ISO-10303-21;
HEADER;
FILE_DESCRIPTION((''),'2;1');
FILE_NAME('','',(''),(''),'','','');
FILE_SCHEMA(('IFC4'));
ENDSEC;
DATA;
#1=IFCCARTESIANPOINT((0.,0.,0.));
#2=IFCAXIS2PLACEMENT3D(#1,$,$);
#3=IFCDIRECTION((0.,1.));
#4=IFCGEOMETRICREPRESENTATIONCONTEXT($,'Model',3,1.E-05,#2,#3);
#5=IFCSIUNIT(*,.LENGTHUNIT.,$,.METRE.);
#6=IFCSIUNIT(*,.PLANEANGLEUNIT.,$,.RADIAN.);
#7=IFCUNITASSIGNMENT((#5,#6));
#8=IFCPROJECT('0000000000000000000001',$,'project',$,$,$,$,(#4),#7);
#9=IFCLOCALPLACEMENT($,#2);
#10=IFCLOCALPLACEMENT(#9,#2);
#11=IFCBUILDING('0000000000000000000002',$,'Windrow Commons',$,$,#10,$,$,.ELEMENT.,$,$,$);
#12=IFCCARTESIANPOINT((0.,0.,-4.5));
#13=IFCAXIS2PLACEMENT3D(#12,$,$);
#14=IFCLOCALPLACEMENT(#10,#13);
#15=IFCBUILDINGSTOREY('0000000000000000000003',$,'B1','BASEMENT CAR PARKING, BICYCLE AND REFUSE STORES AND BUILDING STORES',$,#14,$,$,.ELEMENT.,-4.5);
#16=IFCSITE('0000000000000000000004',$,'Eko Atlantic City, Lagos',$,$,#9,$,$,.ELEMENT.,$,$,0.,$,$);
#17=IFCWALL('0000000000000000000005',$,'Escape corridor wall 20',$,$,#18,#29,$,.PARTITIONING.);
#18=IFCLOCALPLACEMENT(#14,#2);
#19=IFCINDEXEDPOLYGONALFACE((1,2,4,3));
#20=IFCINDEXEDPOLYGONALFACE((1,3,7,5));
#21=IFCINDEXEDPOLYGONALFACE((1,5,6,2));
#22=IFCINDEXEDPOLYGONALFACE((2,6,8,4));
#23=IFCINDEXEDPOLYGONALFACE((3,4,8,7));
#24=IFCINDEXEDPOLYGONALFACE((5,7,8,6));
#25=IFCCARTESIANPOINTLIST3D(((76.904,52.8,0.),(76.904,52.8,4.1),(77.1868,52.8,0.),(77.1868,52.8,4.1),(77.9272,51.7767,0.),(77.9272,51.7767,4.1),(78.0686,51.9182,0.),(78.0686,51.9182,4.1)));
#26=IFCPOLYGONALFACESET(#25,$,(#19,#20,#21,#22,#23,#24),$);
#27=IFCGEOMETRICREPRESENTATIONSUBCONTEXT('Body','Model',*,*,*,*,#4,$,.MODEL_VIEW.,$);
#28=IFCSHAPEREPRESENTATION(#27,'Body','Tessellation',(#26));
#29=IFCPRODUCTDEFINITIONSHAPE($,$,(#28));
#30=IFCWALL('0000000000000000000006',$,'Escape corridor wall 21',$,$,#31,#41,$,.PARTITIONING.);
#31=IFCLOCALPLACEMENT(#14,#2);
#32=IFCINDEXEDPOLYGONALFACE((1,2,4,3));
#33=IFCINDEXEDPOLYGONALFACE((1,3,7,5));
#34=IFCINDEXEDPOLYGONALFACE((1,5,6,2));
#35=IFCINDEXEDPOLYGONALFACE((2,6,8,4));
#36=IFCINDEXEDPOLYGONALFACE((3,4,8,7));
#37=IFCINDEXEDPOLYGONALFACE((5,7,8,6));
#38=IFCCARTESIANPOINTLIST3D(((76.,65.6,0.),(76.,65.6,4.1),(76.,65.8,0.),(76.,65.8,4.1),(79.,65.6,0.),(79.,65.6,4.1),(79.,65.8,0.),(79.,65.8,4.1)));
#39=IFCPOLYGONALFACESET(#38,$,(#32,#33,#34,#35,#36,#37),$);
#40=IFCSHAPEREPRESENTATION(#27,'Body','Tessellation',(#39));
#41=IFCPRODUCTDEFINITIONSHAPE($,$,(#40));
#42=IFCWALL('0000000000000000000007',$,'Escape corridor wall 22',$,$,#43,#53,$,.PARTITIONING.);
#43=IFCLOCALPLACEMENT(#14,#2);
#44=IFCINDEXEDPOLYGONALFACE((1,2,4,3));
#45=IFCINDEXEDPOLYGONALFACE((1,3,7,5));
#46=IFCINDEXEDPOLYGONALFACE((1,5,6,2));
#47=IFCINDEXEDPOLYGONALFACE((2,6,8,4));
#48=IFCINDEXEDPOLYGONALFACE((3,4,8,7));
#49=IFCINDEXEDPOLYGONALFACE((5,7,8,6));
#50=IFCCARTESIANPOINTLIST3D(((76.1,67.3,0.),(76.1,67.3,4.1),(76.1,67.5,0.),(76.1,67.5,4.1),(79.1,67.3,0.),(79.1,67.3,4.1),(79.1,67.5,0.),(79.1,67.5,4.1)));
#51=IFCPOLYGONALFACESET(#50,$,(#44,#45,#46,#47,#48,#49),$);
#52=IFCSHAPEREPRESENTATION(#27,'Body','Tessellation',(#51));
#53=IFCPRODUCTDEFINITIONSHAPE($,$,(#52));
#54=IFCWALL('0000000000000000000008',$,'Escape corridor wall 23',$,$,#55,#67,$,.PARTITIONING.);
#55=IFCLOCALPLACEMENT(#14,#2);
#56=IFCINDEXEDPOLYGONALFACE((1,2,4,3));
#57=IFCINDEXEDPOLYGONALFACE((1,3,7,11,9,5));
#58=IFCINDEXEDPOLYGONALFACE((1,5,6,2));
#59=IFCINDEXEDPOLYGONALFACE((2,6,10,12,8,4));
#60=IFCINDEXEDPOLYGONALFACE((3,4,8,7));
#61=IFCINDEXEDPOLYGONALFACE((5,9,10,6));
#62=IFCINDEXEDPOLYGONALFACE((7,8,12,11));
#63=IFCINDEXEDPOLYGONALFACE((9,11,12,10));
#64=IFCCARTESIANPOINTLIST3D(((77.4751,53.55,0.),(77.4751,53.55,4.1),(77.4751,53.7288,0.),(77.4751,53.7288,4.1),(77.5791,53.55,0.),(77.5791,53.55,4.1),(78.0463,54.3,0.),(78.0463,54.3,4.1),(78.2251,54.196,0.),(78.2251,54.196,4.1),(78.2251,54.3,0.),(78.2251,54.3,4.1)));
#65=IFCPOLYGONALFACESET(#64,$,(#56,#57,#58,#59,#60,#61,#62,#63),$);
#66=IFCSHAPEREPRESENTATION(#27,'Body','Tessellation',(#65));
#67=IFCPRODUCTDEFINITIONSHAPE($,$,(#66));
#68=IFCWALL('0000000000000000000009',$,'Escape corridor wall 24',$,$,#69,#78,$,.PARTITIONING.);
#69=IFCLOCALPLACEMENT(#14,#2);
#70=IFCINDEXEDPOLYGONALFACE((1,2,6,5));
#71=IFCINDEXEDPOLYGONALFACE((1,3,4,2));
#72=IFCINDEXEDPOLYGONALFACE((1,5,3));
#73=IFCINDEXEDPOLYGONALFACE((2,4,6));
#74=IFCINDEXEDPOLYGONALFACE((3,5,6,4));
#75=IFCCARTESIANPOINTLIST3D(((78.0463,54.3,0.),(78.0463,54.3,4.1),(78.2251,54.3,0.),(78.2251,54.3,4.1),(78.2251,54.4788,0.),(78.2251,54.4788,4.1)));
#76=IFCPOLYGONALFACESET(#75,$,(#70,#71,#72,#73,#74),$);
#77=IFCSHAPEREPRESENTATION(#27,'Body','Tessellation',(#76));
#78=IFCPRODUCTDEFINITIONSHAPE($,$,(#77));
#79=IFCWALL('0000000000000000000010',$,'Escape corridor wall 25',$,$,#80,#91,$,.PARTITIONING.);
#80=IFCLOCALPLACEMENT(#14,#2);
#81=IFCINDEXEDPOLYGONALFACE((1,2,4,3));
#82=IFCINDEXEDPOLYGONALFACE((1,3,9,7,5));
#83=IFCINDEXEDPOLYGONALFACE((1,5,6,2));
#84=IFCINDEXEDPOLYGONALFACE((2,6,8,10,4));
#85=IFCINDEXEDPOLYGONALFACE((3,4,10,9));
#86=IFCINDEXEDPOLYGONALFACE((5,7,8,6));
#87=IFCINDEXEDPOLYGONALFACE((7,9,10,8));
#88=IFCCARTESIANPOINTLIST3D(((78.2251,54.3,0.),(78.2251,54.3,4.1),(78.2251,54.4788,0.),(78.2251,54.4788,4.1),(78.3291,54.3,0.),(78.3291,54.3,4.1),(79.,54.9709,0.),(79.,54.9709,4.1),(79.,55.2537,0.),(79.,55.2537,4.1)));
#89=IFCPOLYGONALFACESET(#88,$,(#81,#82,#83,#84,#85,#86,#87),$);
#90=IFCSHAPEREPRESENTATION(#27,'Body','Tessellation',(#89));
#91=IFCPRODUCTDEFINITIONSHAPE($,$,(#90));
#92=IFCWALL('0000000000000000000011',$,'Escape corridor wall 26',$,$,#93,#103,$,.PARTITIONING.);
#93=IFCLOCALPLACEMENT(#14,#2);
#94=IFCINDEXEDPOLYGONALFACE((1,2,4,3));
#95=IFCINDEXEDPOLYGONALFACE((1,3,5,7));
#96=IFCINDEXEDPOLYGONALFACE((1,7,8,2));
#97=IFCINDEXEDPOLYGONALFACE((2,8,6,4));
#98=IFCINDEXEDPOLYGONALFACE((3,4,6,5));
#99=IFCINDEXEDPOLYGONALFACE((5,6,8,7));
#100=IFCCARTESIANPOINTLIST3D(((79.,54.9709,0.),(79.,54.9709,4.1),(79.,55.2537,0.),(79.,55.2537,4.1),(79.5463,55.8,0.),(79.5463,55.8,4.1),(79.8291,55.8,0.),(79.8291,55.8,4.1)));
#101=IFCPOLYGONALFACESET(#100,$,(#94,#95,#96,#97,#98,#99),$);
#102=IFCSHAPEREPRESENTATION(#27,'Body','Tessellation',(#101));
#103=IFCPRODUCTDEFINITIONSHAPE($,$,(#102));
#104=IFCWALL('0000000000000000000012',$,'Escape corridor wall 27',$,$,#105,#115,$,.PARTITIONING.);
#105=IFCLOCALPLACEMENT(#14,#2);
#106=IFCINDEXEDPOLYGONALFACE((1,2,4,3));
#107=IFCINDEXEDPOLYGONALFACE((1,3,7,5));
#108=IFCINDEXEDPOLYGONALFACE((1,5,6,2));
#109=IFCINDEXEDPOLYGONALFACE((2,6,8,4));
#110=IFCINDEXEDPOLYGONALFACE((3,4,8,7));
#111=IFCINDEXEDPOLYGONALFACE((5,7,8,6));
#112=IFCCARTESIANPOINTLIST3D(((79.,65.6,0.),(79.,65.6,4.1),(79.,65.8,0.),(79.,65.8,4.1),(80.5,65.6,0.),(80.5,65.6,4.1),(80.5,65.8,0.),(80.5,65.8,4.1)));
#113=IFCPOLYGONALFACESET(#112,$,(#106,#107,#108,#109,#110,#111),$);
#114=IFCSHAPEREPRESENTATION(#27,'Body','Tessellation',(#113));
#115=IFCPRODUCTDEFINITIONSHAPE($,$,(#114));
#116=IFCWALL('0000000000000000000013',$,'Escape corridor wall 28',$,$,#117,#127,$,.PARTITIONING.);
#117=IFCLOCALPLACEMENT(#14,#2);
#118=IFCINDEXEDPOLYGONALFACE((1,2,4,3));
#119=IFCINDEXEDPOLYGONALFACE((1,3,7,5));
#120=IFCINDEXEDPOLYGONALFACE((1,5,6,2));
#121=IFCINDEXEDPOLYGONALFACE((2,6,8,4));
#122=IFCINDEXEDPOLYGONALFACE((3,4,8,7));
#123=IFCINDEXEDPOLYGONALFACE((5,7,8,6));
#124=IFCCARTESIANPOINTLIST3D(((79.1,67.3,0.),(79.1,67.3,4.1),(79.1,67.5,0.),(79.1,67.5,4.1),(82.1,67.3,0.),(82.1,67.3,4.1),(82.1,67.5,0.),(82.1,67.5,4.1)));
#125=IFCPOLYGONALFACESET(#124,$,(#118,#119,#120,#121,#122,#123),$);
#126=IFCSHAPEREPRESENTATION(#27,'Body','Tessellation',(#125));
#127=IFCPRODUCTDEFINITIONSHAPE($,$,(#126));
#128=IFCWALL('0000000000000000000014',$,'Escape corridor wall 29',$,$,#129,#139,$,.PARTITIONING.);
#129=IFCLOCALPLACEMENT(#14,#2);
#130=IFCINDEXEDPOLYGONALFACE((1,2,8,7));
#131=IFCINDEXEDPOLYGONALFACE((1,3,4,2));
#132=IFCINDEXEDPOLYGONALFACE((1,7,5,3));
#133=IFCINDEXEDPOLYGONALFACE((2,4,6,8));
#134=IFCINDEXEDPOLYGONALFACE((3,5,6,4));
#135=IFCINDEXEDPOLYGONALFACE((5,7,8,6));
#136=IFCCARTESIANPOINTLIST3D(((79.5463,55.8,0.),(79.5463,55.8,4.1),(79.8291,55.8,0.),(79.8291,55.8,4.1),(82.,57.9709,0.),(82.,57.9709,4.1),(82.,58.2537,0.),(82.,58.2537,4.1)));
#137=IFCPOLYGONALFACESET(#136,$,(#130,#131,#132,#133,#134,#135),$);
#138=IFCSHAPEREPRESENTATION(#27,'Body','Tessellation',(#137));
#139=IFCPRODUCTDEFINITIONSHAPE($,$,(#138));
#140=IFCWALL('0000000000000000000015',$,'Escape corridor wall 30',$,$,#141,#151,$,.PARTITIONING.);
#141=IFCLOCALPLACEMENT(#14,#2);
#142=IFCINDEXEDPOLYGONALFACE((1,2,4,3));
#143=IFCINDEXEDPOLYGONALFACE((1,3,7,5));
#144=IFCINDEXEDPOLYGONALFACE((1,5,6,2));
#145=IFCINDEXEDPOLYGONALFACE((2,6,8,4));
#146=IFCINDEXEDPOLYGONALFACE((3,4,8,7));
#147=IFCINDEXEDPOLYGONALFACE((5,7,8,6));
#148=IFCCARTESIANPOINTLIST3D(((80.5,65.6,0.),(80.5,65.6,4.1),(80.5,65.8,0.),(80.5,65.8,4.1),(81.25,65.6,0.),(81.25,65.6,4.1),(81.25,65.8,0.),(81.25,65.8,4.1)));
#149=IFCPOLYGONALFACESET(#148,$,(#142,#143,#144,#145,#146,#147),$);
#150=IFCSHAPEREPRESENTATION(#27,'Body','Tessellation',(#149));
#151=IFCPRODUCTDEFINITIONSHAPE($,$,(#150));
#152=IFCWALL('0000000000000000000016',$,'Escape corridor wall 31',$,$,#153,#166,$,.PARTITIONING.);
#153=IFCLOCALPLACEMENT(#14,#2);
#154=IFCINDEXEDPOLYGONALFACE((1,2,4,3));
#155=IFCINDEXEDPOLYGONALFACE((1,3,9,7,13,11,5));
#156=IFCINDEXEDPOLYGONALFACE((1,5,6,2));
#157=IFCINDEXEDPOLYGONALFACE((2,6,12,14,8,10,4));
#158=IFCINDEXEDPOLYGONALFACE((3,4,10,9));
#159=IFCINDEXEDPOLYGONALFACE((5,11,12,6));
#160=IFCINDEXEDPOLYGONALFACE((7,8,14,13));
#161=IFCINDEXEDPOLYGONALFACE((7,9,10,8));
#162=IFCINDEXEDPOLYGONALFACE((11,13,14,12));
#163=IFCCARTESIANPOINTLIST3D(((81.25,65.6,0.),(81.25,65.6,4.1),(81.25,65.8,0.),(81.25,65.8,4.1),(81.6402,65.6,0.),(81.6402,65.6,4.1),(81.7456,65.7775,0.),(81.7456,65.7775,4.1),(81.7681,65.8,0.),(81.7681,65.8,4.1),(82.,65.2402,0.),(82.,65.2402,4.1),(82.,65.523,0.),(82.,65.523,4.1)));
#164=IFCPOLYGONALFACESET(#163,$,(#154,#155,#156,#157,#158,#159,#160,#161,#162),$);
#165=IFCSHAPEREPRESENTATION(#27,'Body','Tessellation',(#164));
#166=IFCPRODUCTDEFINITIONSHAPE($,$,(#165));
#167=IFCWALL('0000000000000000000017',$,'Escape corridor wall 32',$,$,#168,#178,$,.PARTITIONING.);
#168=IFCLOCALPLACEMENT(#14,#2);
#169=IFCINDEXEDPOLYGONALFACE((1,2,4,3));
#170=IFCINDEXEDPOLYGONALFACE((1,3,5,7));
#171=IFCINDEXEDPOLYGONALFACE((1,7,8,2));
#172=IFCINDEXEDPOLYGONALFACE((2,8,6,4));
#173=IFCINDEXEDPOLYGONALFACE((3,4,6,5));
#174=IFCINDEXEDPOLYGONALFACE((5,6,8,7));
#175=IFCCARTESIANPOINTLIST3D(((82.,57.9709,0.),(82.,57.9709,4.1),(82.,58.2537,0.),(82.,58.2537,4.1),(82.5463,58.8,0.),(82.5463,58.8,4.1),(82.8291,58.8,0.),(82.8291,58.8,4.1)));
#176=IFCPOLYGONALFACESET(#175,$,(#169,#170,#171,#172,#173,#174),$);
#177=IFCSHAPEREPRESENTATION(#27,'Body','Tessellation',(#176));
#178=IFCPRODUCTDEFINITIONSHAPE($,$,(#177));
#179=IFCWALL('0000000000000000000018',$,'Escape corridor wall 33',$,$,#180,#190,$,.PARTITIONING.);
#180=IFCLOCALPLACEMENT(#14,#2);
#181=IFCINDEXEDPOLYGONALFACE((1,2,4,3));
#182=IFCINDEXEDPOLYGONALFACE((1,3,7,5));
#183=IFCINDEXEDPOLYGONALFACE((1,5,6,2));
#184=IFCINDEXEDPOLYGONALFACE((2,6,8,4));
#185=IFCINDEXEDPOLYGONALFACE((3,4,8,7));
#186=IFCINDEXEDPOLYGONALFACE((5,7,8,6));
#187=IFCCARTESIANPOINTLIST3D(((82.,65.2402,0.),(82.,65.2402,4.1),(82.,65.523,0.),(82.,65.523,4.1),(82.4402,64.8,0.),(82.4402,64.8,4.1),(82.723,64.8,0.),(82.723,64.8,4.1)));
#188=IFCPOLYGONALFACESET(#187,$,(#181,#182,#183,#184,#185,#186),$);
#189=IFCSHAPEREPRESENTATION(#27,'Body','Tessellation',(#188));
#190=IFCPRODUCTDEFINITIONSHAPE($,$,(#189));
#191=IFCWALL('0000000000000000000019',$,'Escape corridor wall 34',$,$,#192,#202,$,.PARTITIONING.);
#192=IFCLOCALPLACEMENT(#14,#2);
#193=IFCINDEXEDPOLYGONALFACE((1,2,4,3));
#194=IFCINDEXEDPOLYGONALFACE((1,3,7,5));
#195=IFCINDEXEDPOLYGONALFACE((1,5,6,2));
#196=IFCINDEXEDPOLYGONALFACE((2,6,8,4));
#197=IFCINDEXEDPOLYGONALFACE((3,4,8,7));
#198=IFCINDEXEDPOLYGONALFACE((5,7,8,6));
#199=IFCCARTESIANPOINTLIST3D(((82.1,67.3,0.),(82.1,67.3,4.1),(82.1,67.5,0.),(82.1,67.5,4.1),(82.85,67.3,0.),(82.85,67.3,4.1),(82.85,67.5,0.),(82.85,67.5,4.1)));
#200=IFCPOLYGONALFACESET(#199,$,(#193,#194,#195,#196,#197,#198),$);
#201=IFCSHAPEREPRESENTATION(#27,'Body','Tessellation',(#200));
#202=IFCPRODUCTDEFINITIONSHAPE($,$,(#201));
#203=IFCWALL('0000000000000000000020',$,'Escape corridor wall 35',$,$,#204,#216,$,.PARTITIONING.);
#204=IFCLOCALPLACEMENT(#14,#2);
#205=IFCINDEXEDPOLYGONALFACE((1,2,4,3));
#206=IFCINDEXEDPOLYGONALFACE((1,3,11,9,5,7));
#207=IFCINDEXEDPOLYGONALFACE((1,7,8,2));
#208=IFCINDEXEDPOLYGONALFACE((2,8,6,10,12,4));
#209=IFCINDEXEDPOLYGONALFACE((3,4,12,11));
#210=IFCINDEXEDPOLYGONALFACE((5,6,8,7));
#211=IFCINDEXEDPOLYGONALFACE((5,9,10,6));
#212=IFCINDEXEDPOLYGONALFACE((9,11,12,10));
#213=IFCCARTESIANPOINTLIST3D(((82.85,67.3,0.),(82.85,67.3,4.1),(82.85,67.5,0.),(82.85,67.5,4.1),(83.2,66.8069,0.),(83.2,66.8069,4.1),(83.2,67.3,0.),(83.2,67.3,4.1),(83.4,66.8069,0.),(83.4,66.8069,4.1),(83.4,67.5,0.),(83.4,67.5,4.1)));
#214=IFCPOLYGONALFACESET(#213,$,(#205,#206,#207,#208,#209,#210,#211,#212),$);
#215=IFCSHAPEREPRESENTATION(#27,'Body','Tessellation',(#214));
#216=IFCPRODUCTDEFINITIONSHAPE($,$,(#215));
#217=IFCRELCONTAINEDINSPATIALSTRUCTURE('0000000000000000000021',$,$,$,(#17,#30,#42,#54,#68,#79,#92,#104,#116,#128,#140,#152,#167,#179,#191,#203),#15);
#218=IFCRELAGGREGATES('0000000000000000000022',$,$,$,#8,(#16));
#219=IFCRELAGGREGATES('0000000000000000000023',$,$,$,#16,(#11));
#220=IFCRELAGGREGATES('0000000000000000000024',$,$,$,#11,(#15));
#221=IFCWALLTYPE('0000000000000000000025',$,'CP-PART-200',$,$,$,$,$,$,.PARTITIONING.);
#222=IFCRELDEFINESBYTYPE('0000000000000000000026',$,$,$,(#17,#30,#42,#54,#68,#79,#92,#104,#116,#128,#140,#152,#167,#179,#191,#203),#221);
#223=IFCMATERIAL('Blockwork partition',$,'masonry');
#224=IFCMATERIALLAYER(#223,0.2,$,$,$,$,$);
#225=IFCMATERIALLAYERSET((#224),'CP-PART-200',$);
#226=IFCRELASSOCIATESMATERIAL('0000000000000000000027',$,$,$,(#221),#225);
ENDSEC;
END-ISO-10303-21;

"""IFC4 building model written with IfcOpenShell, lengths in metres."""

from ifc_helpers import new_model, si_unit, direction, frame, origin, place, context, subcontext, project, spatial, polyline, outline, extrude, material, layer, layer_set, type_object, element, save


model = new_model("IFC4")

# Units and contexts
model_context = context("Model", 3, precision=1e-05, world=origin(), true_north=direction((0.0, 1.0)))
body_context = subcontext(model_context, "Body", "Model", "MODEL_VIEW")
ifc_project = project(units=[si_unit("LENGTHUNIT", "METRE"), si_unit("PLANEANGLEUNIT", "RADIAN")], contexts=[model_context])

# Site, building, storey
site_placement = place(None, origin())
site = spatial("IfcSite", under=ifc_project, at=site_placement, Name="Eko Atlantic City, Lagos", CompositionType="ELEMENT", RefElevation=0.0)
building_placement = place(site_placement, origin())
building = spatial("IfcBuilding", under=site, at=building_placement, Name="Windrow Commons", CompositionType="ELEMENT")
storey_placement = place(building_placement, frame((0.0, 0.0, -4.5)))
storey = spatial("IfcBuildingStorey", under=building, at=storey_placement, Name="B1", Description="BASEMENT CAR PARKING, BICYCLE AND REFUSE STORES AND BUILDING STORES", CompositionType="ELEMENT", Elevation=-4.5)

# Walls
ifc_material = material(Name="Blockwork partition", Category="masonry")
ifc_layer = layer(ifc_material, 0.2)
ifc_layer_set = layer_set([ifc_layer], Name="CP-PART-200")
wall_type = type_object("IfcWallType", Name="CP-PART-200", PredefinedType="PARTITIONING", material=ifc_layer_set)
placement = place(storey_placement, origin())
element("IfcWall", 1, at=placement, inside=storey, type_object=wall_type, Name="Escape corridor wall 20", PredefinedType="PARTITIONING", context=body_context, shape_type="SweptSolid", body=[
    extrude(outline(polyline([(77.9272, 51.7767), (78.0686, 51.9182), (77.1868, 52.8), (76.904, 52.8), (77.9272, 51.7767)])), origin(), (0.0, 0.0, 1.0), 4.1),
])
element("IfcWall", 2, at=placement, inside=storey, type_object=wall_type, Name="Escape corridor wall 21", PredefinedType="PARTITIONING", context=body_context, shape_type="SweptSolid", body=[
    extrude(outline(polyline([(79.0, 65.8), (76.0, 65.8), (76.0, 65.6), (79.0, 65.6), (79.0, 65.8)])), origin(), (0.0, 0.0, 1.0), 4.1),
])
element("IfcWall", 3, at=placement, inside=storey, type_object=wall_type, Name="Escape corridor wall 22", PredefinedType="PARTITIONING", context=body_context, shape_type="SweptSolid", body=[
    extrude(outline(polyline([(76.1, 67.3), (79.1, 67.3), (79.1, 67.5), (76.1, 67.5), (76.1, 67.3)])), origin(), (0.0, 0.0, 1.0), 4.1),
])
element("IfcWall", 4, at=placement, inside=storey, type_object=wall_type, Name="Escape corridor wall 23", PredefinedType="PARTITIONING", context=body_context, shape_type="SweptSolid", body=[
    extrude(outline(polyline([(78.0463, 54.3), (77.4751, 53.7288), (77.4751, 53.55), (77.5791, 53.55), (78.2251, 54.196), (78.2251, 54.3), (78.0463, 54.3)])), origin(), (0.0, 0.0, 1.0), 4.1),
])
element("IfcWall", 5, at=placement, inside=storey, type_object=wall_type, Name="Escape corridor wall 24", PredefinedType="PARTITIONING", context=body_context, shape_type="SweptSolid", body=[
    extrude(outline(polyline([(78.2251, 54.4788), (78.0463, 54.3), (78.2251, 54.3), (78.2251, 54.4788)])), origin(), (0.0, 0.0, 1.0), 4.1),
])
element("IfcWall", 6, at=placement, inside=storey, type_object=wall_type, Name="Escape corridor wall 25", PredefinedType="PARTITIONING", context=body_context, shape_type="SweptSolid", body=[
    extrude(outline(polyline([(79.0, 55.2537), (78.2251, 54.4788), (78.2251, 54.3), (78.3291, 54.3), (79.0, 54.9709), (79.0, 55.2537)])), origin(), (0.0, 0.0, 1.0), 4.1),
])
element("IfcWall", 7, at=placement, inside=storey, type_object=wall_type, Name="Escape corridor wall 26", PredefinedType="PARTITIONING", context=body_context, shape_type="SweptSolid", body=[
    extrude(outline(polyline([(79.0, 54.9709), (79.8291, 55.8), (79.5463, 55.8), (79.0, 55.2537), (79.0, 54.9709)])), origin(), (0.0, 0.0, 1.0), 4.1),
])
element("IfcWall", 8, at=placement, inside=storey, type_object=wall_type, Name="Escape corridor wall 27", PredefinedType="PARTITIONING", context=body_context, shape_type="SweptSolid", body=[
    extrude(outline(polyline([(79.0, 65.6), (80.5, 65.6), (80.5, 65.8), (79.0, 65.8), (79.0, 65.6)])), origin(), (0.0, 0.0, 1.0), 4.1),
])
element("IfcWall", 9, at=placement, inside=storey, type_object=wall_type, Name="Escape corridor wall 28", PredefinedType="PARTITIONING", context=body_context, shape_type="SweptSolid", body=[
    extrude(outline(polyline([(79.1, 67.3), (82.1, 67.3), (82.1, 67.5), (79.1, 67.5), (79.1, 67.3)])), origin(), (0.0, 0.0, 1.0), 4.1),
])
element("IfcWall", 10, at=placement, inside=storey, type_object=wall_type, Name="Escape corridor wall 29", PredefinedType="PARTITIONING", context=body_context, shape_type="SweptSolid", body=[
    extrude(outline(polyline([(79.8291, 55.8), (82.0, 57.9709), (82.0, 58.2537), (79.5463, 55.8), (79.8291, 55.8)])), origin(), (0.0, 0.0, 1.0), 4.1),
])
element("IfcWall", 11, at=placement, inside=storey, type_object=wall_type, Name="Escape corridor wall 30", PredefinedType="PARTITIONING", context=body_context, shape_type="SweptSolid", body=[
    extrude(outline(polyline([(80.5, 65.6), (81.25, 65.6), (81.25, 65.8), (80.5, 65.8), (80.5, 65.6)])), origin(), (0.0, 0.0, 1.0), 4.1),
])
element("IfcWall", 12, at=placement, inside=storey, type_object=wall_type, Name="Escape corridor wall 31", PredefinedType="PARTITIONING", context=body_context, shape_type="SweptSolid", body=[
    extrude(outline(polyline([(82.0, 65.523), (81.7456, 65.7775), (81.7681, 65.8), (81.25, 65.8), (81.25, 65.6), (81.6402, 65.6), (82.0, 65.2402), (82.0, 65.523)])), origin(), (0.0, 0.0, 1.0), 4.1),
])
element("IfcWall", 13, at=placement, inside=storey, type_object=wall_type, Name="Escape corridor wall 32", PredefinedType="PARTITIONING", context=body_context, shape_type="SweptSolid", body=[
    extrude(outline(polyline([(82.0, 57.9709), (82.8291, 58.8), (82.5463, 58.8), (82.0, 58.2537), (82.0, 57.9709)])), origin(), (0.0, 0.0, 1.0), 4.1),
])
element("IfcWall", 14, at=placement, inside=storey, type_object=wall_type, Name="Escape corridor wall 33", PredefinedType="PARTITIONING", context=body_context, shape_type="SweptSolid", body=[
    extrude(outline(polyline([(82.723, 64.8), (82.0, 65.523), (82.0, 65.2402), (82.4402, 64.8), (82.723, 64.8)])), origin(), (0.0, 0.0, 1.0), 4.1),
])
element("IfcWall", 15, at=placement, inside=storey, type_object=wall_type, Name="Escape corridor wall 34", PredefinedType="PARTITIONING", context=body_context, shape_type="SweptSolid", body=[
    extrude(outline(polyline([(82.1, 67.3), (82.85, 67.3), (82.85, 67.5), (82.1, 67.5), (82.1, 67.3)])), origin(), (0.0, 0.0, 1.0), 4.1),
])
element("IfcWall", 16, at=placement, inside=storey, type_object=wall_type, Name="Escape corridor wall 35", PredefinedType="PARTITIONING", context=body_context, shape_type="SweptSolid", body=[
    extrude(outline(polyline([(83.2, 67.3), (83.2, 66.8069), (83.4, 66.8069), (83.4, 67.5), (82.85, 67.5), (82.85, 67.3), (83.2, 67.3)])), origin(), (0.0, 0.0, 1.0), 4.1),
])

save(model, "model.ifc")
